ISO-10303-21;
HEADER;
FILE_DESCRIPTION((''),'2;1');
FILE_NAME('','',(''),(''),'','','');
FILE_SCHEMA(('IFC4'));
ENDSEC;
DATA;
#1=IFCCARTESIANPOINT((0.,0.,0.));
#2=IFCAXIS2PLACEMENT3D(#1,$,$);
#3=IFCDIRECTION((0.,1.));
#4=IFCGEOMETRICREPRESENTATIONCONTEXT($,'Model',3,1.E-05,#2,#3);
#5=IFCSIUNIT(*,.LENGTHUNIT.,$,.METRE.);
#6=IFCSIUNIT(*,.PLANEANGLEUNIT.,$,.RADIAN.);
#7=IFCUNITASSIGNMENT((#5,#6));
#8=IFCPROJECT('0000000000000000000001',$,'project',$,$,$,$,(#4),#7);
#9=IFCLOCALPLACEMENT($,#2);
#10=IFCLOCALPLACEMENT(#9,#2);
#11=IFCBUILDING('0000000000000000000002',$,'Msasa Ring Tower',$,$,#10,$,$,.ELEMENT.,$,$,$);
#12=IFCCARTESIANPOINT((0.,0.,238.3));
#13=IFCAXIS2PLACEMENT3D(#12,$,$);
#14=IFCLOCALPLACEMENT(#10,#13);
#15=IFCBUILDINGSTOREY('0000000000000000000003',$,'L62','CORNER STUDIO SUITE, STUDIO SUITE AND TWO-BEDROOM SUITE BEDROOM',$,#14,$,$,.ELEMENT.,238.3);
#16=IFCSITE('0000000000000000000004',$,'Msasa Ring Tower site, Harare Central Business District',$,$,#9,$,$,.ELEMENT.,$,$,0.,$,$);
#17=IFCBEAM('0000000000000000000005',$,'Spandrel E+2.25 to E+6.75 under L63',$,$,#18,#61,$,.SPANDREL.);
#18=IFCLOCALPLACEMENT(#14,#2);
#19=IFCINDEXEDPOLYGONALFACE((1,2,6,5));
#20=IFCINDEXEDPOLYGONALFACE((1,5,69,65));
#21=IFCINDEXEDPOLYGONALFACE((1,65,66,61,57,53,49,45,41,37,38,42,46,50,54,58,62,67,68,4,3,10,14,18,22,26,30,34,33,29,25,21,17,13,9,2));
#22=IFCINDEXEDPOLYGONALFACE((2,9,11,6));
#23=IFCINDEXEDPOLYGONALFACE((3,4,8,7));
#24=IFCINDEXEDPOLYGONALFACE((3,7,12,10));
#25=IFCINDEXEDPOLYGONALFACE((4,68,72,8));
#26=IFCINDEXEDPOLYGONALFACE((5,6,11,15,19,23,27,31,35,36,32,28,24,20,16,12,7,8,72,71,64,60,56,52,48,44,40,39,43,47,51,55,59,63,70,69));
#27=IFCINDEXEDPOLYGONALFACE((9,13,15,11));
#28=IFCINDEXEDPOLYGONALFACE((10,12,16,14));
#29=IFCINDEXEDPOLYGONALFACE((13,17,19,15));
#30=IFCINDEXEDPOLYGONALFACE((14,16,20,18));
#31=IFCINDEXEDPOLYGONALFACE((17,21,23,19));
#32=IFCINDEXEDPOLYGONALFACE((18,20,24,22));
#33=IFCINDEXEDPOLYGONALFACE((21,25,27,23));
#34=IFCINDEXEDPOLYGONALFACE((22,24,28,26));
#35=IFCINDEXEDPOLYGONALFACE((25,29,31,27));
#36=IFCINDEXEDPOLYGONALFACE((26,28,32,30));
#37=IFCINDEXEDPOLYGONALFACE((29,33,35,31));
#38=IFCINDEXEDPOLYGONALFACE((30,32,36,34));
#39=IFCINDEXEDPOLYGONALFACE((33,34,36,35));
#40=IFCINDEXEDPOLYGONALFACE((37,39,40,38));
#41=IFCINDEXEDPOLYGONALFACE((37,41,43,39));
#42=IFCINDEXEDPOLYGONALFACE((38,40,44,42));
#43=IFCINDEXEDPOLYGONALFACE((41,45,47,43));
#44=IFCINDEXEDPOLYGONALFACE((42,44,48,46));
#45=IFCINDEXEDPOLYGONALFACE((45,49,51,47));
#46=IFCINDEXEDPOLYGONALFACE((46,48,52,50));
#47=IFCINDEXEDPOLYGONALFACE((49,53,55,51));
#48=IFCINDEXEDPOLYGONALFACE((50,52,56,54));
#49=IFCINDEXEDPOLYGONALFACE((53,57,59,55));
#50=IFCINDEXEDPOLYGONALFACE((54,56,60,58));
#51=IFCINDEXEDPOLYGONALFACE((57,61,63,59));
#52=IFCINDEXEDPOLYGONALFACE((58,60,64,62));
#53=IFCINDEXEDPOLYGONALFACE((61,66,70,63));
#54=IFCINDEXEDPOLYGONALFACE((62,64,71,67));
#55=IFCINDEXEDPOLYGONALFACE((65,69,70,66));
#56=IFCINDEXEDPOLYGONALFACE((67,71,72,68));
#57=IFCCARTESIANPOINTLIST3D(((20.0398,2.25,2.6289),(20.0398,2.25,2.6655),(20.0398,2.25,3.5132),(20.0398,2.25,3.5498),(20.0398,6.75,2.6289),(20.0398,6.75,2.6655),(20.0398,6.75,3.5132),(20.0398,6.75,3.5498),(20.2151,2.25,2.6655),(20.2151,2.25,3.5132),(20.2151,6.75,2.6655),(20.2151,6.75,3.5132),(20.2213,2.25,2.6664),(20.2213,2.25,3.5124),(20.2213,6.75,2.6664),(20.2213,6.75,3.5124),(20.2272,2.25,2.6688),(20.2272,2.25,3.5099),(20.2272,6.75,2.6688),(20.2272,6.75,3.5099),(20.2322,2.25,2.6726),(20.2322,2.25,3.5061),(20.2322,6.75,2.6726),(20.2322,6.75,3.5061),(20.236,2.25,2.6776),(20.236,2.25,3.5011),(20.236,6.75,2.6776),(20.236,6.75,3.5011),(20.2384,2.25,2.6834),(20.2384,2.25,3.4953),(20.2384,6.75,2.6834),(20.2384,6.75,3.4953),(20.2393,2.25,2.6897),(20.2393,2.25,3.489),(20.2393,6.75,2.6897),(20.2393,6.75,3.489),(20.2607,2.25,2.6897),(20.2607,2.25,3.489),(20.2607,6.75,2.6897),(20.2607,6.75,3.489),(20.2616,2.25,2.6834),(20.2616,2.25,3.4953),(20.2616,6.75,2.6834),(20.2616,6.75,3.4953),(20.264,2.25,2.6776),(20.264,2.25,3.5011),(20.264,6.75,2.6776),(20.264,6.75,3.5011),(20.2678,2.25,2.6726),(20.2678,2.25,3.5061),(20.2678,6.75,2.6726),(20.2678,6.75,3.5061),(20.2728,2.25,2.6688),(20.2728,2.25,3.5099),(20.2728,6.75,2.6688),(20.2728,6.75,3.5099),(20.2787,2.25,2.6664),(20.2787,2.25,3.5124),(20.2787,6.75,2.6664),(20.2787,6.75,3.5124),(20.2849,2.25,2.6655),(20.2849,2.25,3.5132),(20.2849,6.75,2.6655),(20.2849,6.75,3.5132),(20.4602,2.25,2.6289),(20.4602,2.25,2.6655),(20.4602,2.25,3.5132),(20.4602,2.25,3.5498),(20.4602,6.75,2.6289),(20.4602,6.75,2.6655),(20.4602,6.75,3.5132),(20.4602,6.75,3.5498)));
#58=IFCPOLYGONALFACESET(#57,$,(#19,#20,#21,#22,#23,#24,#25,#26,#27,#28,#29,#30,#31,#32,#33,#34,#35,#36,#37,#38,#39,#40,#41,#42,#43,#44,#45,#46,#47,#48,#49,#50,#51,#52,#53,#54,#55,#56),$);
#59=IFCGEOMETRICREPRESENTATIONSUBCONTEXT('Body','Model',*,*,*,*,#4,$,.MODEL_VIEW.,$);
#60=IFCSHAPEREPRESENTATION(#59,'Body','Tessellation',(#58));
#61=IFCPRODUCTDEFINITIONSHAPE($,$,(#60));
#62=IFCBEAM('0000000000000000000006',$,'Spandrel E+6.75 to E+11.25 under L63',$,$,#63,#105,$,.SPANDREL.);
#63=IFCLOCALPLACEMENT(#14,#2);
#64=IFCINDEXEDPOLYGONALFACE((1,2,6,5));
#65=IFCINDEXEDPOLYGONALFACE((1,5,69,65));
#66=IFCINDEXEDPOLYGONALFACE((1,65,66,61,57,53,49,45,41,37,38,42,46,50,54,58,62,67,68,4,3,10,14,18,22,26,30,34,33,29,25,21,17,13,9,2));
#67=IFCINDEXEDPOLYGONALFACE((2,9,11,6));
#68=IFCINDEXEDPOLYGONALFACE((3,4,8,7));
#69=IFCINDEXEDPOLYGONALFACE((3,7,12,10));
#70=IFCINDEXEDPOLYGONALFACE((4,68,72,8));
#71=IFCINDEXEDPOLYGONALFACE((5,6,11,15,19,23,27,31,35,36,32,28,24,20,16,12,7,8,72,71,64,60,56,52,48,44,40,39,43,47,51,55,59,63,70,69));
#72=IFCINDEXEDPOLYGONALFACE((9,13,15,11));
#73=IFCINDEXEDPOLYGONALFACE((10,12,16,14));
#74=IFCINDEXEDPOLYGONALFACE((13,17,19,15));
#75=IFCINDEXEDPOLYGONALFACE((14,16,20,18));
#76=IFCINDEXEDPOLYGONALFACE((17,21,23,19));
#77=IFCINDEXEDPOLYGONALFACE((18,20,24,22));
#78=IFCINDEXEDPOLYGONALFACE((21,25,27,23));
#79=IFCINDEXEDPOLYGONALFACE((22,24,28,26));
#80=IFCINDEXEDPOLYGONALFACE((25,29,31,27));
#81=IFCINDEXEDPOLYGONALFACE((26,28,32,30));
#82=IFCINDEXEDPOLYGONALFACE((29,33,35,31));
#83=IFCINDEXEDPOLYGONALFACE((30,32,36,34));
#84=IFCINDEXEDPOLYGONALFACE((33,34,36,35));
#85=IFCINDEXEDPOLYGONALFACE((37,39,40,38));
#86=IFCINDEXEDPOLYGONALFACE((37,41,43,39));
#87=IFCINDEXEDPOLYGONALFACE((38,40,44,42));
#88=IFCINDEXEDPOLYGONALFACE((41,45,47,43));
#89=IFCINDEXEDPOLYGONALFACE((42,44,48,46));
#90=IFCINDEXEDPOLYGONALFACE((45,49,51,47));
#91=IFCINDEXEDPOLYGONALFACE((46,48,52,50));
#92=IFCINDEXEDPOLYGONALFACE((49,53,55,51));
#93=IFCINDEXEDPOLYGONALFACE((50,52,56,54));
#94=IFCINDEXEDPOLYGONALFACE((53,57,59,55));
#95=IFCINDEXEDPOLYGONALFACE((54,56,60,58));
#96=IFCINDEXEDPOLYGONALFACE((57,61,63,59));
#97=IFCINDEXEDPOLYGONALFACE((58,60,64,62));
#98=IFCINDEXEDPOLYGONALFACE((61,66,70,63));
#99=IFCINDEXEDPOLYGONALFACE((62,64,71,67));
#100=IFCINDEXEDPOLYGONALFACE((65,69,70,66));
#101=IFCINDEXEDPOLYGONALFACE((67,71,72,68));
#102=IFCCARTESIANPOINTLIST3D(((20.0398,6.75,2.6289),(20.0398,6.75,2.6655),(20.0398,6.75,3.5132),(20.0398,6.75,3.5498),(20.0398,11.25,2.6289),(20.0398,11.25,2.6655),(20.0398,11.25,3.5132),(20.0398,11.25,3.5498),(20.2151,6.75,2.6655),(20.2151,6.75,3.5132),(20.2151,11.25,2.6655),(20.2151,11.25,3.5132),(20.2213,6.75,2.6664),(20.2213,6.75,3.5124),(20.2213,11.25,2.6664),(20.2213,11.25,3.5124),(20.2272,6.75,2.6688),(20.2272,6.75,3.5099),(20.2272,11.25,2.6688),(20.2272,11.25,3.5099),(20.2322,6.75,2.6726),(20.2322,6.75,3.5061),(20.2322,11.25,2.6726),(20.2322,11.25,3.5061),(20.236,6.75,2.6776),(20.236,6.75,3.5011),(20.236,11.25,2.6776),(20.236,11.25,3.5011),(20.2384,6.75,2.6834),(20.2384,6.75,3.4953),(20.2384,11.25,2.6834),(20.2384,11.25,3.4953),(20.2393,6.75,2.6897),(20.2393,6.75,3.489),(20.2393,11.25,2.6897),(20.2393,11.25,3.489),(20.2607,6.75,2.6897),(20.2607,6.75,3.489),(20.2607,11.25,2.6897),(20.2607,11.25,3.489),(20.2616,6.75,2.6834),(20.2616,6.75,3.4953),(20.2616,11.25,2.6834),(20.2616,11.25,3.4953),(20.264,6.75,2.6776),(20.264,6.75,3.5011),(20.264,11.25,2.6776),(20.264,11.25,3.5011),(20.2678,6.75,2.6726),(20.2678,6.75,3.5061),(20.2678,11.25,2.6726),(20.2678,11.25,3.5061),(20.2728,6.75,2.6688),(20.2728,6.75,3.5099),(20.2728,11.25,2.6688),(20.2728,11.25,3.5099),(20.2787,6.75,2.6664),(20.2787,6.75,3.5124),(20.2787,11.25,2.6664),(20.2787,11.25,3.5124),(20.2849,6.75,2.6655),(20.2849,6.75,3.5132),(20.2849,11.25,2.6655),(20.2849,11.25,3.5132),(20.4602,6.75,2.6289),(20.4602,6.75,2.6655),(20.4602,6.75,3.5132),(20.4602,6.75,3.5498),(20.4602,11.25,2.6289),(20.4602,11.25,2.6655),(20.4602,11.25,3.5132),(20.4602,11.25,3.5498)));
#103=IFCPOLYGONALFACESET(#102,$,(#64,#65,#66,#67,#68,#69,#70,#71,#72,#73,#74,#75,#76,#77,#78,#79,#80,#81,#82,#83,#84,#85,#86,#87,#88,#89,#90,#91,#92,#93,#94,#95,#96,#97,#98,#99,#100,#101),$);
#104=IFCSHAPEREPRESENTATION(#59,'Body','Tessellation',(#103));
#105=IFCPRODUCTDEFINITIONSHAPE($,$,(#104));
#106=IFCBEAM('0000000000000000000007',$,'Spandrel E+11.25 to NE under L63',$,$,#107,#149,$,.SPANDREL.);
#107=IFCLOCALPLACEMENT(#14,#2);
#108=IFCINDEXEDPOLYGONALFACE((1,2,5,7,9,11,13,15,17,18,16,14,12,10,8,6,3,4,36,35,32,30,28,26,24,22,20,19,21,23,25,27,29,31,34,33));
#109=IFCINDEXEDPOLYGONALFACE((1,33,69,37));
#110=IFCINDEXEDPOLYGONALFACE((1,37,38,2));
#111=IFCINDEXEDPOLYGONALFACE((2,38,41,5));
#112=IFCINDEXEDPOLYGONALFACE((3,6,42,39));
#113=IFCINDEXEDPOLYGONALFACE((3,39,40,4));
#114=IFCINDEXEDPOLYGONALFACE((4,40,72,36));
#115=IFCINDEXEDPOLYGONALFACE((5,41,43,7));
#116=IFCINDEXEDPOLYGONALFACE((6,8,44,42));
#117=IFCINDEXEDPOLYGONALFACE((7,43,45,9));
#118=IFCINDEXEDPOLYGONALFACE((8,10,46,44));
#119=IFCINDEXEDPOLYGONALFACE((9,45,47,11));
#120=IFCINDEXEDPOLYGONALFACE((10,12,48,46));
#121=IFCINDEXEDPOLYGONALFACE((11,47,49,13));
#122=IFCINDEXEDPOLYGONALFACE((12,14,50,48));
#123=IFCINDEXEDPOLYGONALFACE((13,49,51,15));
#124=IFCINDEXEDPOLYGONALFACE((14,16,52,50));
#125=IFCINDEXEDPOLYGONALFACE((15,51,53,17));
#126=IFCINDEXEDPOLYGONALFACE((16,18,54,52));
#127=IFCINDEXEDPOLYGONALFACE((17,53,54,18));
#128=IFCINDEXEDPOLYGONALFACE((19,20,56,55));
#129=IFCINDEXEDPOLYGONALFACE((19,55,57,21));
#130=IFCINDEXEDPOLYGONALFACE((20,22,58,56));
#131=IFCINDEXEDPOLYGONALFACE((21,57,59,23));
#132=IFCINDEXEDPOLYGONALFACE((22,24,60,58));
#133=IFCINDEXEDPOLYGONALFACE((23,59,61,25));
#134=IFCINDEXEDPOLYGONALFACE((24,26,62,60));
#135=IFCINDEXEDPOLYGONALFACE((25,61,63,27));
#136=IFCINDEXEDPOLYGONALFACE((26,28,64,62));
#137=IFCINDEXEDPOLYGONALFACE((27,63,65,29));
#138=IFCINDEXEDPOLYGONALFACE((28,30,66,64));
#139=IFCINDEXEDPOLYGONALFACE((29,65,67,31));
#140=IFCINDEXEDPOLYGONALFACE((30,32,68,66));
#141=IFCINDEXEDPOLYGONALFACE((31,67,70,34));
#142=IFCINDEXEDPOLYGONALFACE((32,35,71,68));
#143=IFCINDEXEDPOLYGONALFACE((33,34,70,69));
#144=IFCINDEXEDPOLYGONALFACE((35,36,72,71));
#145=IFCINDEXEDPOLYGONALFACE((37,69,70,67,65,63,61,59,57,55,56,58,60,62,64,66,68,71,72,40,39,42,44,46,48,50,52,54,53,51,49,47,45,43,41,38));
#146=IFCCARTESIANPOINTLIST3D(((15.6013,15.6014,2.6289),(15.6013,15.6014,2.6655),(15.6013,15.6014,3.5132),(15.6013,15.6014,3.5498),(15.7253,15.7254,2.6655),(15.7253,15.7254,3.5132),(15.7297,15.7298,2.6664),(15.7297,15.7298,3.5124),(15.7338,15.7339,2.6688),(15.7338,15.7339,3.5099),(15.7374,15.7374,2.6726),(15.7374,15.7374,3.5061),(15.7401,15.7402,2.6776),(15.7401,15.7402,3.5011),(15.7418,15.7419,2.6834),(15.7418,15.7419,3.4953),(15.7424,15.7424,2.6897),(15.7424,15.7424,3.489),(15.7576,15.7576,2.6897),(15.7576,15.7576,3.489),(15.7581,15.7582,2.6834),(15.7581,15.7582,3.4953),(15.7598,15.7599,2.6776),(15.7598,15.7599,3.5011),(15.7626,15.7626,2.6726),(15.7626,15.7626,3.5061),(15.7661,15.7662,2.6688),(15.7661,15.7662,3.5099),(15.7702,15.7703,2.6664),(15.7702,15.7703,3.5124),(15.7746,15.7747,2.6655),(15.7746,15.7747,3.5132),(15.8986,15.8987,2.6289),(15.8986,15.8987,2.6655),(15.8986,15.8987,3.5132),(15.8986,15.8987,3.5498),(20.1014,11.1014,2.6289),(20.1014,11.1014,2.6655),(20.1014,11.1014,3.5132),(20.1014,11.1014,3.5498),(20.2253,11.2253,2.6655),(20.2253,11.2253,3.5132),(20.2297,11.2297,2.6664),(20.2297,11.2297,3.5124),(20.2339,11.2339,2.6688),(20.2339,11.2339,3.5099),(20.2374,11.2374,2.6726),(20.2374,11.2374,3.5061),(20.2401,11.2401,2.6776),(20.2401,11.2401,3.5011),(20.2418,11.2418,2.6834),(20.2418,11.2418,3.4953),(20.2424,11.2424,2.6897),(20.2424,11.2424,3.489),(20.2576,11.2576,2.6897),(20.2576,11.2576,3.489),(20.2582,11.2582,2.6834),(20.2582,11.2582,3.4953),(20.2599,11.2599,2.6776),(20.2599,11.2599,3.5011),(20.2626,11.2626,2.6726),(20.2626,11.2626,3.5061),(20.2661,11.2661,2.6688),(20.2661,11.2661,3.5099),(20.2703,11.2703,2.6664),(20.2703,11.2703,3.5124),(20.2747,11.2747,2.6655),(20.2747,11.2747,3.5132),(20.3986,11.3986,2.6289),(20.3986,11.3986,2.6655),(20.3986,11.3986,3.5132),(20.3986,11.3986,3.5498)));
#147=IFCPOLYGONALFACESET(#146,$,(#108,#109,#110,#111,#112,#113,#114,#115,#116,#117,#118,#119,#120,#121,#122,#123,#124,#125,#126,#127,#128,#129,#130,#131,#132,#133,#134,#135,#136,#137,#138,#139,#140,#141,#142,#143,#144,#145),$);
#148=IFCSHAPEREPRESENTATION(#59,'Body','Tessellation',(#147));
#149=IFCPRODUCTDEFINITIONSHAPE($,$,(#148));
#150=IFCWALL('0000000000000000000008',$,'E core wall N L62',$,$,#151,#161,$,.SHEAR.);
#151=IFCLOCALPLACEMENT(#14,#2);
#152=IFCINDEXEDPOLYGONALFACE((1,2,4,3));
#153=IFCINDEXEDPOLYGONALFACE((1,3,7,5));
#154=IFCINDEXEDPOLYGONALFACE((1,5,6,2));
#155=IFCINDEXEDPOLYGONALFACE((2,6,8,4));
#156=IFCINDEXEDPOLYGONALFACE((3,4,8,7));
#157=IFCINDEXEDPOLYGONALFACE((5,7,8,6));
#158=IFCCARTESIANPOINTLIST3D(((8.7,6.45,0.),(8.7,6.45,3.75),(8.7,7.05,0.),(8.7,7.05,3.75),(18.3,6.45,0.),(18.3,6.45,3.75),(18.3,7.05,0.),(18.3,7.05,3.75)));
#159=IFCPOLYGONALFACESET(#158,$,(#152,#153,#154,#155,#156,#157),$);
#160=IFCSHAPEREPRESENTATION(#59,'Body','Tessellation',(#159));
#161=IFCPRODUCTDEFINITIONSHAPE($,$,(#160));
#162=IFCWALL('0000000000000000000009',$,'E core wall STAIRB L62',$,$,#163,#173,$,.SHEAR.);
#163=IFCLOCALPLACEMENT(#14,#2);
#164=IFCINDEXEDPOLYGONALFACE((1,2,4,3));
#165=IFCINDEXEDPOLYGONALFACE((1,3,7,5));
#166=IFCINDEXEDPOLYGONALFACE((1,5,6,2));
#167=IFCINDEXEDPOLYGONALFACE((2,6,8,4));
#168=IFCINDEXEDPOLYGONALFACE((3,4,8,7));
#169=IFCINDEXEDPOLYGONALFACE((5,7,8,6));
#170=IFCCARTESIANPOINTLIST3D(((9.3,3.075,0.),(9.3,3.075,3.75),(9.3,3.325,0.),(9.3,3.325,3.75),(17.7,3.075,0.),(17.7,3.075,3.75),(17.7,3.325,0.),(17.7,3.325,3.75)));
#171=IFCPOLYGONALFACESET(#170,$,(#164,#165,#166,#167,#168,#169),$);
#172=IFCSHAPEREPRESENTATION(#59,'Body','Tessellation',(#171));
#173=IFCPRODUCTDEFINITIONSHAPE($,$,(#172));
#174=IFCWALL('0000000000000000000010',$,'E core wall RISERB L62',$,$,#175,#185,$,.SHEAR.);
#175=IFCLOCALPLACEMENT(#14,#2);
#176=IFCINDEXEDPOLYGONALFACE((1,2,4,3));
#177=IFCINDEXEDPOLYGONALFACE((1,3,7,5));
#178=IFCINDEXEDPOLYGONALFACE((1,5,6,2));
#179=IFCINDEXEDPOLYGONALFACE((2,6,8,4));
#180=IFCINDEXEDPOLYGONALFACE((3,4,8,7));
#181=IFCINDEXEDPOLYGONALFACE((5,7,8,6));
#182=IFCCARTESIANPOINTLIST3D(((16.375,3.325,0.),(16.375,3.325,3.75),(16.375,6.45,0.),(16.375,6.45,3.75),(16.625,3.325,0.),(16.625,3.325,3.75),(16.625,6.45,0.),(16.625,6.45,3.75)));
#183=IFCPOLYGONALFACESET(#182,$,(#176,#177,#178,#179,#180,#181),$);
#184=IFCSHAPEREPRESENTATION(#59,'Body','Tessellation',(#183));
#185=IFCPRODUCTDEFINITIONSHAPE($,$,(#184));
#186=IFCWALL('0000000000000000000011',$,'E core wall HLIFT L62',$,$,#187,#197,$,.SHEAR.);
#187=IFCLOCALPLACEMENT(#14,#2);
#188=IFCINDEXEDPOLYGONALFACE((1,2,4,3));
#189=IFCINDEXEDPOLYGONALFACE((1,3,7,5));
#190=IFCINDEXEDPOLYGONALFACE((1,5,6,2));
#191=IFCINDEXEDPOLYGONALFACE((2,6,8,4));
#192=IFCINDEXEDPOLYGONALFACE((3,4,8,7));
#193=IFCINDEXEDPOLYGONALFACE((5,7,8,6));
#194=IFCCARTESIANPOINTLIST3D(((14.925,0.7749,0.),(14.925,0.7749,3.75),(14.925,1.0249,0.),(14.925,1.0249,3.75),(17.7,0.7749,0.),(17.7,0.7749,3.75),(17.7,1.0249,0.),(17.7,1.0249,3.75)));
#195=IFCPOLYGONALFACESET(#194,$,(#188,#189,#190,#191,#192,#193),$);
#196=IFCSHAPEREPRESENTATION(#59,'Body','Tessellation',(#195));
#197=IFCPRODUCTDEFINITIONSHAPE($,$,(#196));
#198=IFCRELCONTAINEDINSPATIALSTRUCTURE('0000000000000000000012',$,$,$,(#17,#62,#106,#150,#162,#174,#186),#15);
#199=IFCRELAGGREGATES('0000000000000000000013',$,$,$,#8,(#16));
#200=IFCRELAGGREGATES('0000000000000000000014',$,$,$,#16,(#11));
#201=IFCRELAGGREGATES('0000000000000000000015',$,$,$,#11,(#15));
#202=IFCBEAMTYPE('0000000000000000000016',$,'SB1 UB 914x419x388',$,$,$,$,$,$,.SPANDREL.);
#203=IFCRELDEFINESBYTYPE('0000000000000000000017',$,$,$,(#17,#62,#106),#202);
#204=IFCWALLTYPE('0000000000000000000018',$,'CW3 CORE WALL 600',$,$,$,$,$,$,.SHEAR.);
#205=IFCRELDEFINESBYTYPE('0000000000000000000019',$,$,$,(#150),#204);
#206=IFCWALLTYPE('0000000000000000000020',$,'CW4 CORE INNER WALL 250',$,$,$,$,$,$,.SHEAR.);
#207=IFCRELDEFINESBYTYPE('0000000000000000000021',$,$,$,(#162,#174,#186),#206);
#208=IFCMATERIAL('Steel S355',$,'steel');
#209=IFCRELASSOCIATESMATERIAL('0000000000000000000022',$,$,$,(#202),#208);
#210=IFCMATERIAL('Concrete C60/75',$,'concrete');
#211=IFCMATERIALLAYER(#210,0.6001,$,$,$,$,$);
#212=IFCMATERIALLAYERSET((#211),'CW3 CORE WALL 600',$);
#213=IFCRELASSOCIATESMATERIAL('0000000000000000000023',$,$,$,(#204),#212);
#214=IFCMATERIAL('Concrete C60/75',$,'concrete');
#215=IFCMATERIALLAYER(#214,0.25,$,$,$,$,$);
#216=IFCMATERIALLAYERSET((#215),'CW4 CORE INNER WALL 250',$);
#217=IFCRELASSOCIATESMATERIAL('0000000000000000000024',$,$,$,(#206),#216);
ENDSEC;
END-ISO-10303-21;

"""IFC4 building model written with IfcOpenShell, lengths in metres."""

from ifc_helpers import new_model, si_unit, direction, frame, frame_2d, origin, origin_2d, place, context, subcontext, project, spatial, rectangle, i_section, extrude, material, layer, layer_set, material_profile, profile_set, type_object, element, save


model = new_model("IFC4")

# Units and contexts
model_context = context("Model", 3, precision=1e-05, world=origin(), true_north=direction((0.0, 1.0)))
body_context = subcontext(model_context, "Body", "Model", "MODEL_VIEW")
ifc_project = project(units=[si_unit("LENGTHUNIT", "METRE"), si_unit("PLANEANGLEUNIT", "RADIAN")], contexts=[model_context])

# Site, building, storey
site_placement = place(None, origin())
site = spatial("IfcSite", under=ifc_project, at=site_placement, Name="Msasa Ring Tower site, Harare Central Business District", CompositionType="ELEMENT", RefElevation=0.0)
building_placement = place(site_placement, origin())
building = spatial("IfcBuilding", under=site, at=building_placement, Name="Msasa Ring Tower", CompositionType="ELEMENT")
storey_placement = place(building_placement, frame((0.0, 0.0, 238.3)))
storey = spatial("IfcBuildingStorey", under=building, at=storey_placement, Name="L62", Description="CORNER STUDIO SUITE, STUDIO SUITE AND TWO-BEDROOM SUITE BEDROOM", CompositionType="ELEMENT", Elevation=238.3)

# Beams
ifc_material_1 = material(Name="Steel S355", Category="steel")
ifc_material_profile_1 = material_profile(ifc_material_1, i_section(OverallWidth=0.4204, OverallDepth=0.9209, WebThickness=0.0215, FlangeThickness=0.0366, FilletRadius=0.0242, at=origin_2d()), Name="UB 914x419x388")
ifc_profile_set_1 = profile_set([ifc_material_profile_1], Name="Steel S355")
beam_type_1 = type_object("IfcBeamType", Name="SB1 UB 914x419x388", PredefinedType="SPANDREL", material=ifc_profile_set_1)
for number, where, z_axis, x_axis, name in (
    (1, (20.25, 2.25, 3.0894), (0.0, 1.0, 0.0), (-1.0, 0.0, 0.0), "Spandrel E+2.25 to E+6.75 under L63"),
    (2, (20.25, 6.75, 3.0894), (0.0, 1.0, 0.0), (-1.0, 0.0, 0.0), "Spandrel E+6.75 to E+11.25 under L63"),
):
    element("IfcBeam", number, at=place(storey_placement, frame(where, z_axis=z_axis, x_axis=x_axis)), inside=storey, type_object=beam_type_1, Name=name, PredefinedType="SPANDREL", context=body_context, shape_type="SweptSolid", body=[
        extrude(i_section(OverallWidth=0.4204, OverallDepth=0.9209, WebThickness=0.0215, FlangeThickness=0.0366, FilletRadius=0.0242, at=origin_2d()), origin(), (0.0, 0.0, 1.0), 4.5),
    ])
beam_1_placement = place(storey_placement, frame((20.25, 11.25, 3.0894), z_axis=(-0.707107, 0.707107, 0.0), x_axis=(-0.707107, -0.707107, 0.0)))
element("IfcBeam", 3, at=beam_1_placement, inside=storey, type_object=beam_type_1, Name="Spandrel E+11.25 to NE under L63", PredefinedType="SPANDREL", context=body_context, shape_type="SweptSolid", body=[
    extrude(i_section(OverallWidth=0.4204, OverallDepth=0.9209, WebThickness=0.0215, FlangeThickness=0.0366, FilletRadius=0.0242, at=origin_2d()), origin(), (0.0, 0.0, 1.0), 6.364),
])

# Walls
ifc_material_2 = material(Name="Concrete C60/75", Category="concrete")
ifc_layer_1 = layer(ifc_material_2, 0.6001)
ifc_layer_set_1 = layer_set([ifc_layer_1], Name="CW3 CORE WALL 600")
wall_type_1 = type_object("IfcWallType", Name="CW3 CORE WALL 600", PredefinedType="SHEAR", material=ifc_layer_set_1)
wall_1_placement = place(storey_placement, frame((8.7, 6.75, 0.0), z_axis=(0.0, 0.0, 1.0), x_axis=(1.0, 0.0, 0.0)))
element("IfcWall", 4, at=wall_1_placement, inside=storey, type_object=wall_type_1, Name="E core wall N L62", PredefinedType="SHEAR", context=body_context, shape_type="SweptSolid", body=[
    extrude(rectangle(XDim=9.6001, YDim=0.6001, at=frame_2d((4.8, 0.0))), origin(), (0.0, 0.0, 1.0), 3.75),
])
ifc_material_3 = material(Name="Concrete C60/75", Category="concrete")
ifc_layer_2 = layer(ifc_material_3, 0.25)
ifc_layer_set_2 = layer_set([ifc_layer_2], Name="CW4 CORE INNER WALL 250")
wall_type_2 = type_object("IfcWallType", Name="CW4 CORE INNER WALL 250", PredefinedType="SHEAR", material=ifc_layer_set_2)
wall_2_placement = place(storey_placement, frame((9.3, 3.2, 0.0), z_axis=(0.0, 0.0, 1.0), x_axis=(1.0, 0.0, 0.0)))
element("IfcWall", 5, at=wall_2_placement, inside=storey, type_object=wall_type_2, Name="E core wall STAIRB L62", PredefinedType="SHEAR", context=body_context, shape_type="SweptSolid", body=[
    extrude(rectangle(XDim=8.3999, YDim=0.25, at=frame_2d((4.2, 0.0))), origin(), (0.0, 0.0, 1.0), 3.75),
])
wall_3_placement = place(storey_placement, frame((16.5, 3.325, 0.0), z_axis=(0.0, 0.0, 1.0), x_axis=(0.0, 1.0, 0.0)))
element("IfcWall", 6, at=wall_3_placement, inside=storey, type_object=wall_type_2, Name="E core wall RISERB L62", PredefinedType="SHEAR", context=body_context, shape_type="SweptSolid", body=[
    extrude(rectangle(XDim=3.125, YDim=0.25, at=frame_2d((1.5625, 0.0))), origin(), (0.0, 0.0, 1.0), 3.75),
])
wall_4_placement = place(storey_placement, frame((14.925, 0.8999, 0.0), z_axis=(0.0, 0.0, 1.0), x_axis=(1.0, 0.0, 0.0)))
element("IfcWall", 7, at=wall_4_placement, inside=storey, type_object=wall_type_2, Name="E core wall HLIFT L62", PredefinedType="SHEAR", context=body_context, shape_type="SweptSolid", body=[
    extrude(rectangle(XDim=2.7749, YDim=0.25, at=frame_2d((1.3875, 0.0))), origin(), (0.0, 0.0, 1.0), 3.75),
])

save(model, "model.ifc")
